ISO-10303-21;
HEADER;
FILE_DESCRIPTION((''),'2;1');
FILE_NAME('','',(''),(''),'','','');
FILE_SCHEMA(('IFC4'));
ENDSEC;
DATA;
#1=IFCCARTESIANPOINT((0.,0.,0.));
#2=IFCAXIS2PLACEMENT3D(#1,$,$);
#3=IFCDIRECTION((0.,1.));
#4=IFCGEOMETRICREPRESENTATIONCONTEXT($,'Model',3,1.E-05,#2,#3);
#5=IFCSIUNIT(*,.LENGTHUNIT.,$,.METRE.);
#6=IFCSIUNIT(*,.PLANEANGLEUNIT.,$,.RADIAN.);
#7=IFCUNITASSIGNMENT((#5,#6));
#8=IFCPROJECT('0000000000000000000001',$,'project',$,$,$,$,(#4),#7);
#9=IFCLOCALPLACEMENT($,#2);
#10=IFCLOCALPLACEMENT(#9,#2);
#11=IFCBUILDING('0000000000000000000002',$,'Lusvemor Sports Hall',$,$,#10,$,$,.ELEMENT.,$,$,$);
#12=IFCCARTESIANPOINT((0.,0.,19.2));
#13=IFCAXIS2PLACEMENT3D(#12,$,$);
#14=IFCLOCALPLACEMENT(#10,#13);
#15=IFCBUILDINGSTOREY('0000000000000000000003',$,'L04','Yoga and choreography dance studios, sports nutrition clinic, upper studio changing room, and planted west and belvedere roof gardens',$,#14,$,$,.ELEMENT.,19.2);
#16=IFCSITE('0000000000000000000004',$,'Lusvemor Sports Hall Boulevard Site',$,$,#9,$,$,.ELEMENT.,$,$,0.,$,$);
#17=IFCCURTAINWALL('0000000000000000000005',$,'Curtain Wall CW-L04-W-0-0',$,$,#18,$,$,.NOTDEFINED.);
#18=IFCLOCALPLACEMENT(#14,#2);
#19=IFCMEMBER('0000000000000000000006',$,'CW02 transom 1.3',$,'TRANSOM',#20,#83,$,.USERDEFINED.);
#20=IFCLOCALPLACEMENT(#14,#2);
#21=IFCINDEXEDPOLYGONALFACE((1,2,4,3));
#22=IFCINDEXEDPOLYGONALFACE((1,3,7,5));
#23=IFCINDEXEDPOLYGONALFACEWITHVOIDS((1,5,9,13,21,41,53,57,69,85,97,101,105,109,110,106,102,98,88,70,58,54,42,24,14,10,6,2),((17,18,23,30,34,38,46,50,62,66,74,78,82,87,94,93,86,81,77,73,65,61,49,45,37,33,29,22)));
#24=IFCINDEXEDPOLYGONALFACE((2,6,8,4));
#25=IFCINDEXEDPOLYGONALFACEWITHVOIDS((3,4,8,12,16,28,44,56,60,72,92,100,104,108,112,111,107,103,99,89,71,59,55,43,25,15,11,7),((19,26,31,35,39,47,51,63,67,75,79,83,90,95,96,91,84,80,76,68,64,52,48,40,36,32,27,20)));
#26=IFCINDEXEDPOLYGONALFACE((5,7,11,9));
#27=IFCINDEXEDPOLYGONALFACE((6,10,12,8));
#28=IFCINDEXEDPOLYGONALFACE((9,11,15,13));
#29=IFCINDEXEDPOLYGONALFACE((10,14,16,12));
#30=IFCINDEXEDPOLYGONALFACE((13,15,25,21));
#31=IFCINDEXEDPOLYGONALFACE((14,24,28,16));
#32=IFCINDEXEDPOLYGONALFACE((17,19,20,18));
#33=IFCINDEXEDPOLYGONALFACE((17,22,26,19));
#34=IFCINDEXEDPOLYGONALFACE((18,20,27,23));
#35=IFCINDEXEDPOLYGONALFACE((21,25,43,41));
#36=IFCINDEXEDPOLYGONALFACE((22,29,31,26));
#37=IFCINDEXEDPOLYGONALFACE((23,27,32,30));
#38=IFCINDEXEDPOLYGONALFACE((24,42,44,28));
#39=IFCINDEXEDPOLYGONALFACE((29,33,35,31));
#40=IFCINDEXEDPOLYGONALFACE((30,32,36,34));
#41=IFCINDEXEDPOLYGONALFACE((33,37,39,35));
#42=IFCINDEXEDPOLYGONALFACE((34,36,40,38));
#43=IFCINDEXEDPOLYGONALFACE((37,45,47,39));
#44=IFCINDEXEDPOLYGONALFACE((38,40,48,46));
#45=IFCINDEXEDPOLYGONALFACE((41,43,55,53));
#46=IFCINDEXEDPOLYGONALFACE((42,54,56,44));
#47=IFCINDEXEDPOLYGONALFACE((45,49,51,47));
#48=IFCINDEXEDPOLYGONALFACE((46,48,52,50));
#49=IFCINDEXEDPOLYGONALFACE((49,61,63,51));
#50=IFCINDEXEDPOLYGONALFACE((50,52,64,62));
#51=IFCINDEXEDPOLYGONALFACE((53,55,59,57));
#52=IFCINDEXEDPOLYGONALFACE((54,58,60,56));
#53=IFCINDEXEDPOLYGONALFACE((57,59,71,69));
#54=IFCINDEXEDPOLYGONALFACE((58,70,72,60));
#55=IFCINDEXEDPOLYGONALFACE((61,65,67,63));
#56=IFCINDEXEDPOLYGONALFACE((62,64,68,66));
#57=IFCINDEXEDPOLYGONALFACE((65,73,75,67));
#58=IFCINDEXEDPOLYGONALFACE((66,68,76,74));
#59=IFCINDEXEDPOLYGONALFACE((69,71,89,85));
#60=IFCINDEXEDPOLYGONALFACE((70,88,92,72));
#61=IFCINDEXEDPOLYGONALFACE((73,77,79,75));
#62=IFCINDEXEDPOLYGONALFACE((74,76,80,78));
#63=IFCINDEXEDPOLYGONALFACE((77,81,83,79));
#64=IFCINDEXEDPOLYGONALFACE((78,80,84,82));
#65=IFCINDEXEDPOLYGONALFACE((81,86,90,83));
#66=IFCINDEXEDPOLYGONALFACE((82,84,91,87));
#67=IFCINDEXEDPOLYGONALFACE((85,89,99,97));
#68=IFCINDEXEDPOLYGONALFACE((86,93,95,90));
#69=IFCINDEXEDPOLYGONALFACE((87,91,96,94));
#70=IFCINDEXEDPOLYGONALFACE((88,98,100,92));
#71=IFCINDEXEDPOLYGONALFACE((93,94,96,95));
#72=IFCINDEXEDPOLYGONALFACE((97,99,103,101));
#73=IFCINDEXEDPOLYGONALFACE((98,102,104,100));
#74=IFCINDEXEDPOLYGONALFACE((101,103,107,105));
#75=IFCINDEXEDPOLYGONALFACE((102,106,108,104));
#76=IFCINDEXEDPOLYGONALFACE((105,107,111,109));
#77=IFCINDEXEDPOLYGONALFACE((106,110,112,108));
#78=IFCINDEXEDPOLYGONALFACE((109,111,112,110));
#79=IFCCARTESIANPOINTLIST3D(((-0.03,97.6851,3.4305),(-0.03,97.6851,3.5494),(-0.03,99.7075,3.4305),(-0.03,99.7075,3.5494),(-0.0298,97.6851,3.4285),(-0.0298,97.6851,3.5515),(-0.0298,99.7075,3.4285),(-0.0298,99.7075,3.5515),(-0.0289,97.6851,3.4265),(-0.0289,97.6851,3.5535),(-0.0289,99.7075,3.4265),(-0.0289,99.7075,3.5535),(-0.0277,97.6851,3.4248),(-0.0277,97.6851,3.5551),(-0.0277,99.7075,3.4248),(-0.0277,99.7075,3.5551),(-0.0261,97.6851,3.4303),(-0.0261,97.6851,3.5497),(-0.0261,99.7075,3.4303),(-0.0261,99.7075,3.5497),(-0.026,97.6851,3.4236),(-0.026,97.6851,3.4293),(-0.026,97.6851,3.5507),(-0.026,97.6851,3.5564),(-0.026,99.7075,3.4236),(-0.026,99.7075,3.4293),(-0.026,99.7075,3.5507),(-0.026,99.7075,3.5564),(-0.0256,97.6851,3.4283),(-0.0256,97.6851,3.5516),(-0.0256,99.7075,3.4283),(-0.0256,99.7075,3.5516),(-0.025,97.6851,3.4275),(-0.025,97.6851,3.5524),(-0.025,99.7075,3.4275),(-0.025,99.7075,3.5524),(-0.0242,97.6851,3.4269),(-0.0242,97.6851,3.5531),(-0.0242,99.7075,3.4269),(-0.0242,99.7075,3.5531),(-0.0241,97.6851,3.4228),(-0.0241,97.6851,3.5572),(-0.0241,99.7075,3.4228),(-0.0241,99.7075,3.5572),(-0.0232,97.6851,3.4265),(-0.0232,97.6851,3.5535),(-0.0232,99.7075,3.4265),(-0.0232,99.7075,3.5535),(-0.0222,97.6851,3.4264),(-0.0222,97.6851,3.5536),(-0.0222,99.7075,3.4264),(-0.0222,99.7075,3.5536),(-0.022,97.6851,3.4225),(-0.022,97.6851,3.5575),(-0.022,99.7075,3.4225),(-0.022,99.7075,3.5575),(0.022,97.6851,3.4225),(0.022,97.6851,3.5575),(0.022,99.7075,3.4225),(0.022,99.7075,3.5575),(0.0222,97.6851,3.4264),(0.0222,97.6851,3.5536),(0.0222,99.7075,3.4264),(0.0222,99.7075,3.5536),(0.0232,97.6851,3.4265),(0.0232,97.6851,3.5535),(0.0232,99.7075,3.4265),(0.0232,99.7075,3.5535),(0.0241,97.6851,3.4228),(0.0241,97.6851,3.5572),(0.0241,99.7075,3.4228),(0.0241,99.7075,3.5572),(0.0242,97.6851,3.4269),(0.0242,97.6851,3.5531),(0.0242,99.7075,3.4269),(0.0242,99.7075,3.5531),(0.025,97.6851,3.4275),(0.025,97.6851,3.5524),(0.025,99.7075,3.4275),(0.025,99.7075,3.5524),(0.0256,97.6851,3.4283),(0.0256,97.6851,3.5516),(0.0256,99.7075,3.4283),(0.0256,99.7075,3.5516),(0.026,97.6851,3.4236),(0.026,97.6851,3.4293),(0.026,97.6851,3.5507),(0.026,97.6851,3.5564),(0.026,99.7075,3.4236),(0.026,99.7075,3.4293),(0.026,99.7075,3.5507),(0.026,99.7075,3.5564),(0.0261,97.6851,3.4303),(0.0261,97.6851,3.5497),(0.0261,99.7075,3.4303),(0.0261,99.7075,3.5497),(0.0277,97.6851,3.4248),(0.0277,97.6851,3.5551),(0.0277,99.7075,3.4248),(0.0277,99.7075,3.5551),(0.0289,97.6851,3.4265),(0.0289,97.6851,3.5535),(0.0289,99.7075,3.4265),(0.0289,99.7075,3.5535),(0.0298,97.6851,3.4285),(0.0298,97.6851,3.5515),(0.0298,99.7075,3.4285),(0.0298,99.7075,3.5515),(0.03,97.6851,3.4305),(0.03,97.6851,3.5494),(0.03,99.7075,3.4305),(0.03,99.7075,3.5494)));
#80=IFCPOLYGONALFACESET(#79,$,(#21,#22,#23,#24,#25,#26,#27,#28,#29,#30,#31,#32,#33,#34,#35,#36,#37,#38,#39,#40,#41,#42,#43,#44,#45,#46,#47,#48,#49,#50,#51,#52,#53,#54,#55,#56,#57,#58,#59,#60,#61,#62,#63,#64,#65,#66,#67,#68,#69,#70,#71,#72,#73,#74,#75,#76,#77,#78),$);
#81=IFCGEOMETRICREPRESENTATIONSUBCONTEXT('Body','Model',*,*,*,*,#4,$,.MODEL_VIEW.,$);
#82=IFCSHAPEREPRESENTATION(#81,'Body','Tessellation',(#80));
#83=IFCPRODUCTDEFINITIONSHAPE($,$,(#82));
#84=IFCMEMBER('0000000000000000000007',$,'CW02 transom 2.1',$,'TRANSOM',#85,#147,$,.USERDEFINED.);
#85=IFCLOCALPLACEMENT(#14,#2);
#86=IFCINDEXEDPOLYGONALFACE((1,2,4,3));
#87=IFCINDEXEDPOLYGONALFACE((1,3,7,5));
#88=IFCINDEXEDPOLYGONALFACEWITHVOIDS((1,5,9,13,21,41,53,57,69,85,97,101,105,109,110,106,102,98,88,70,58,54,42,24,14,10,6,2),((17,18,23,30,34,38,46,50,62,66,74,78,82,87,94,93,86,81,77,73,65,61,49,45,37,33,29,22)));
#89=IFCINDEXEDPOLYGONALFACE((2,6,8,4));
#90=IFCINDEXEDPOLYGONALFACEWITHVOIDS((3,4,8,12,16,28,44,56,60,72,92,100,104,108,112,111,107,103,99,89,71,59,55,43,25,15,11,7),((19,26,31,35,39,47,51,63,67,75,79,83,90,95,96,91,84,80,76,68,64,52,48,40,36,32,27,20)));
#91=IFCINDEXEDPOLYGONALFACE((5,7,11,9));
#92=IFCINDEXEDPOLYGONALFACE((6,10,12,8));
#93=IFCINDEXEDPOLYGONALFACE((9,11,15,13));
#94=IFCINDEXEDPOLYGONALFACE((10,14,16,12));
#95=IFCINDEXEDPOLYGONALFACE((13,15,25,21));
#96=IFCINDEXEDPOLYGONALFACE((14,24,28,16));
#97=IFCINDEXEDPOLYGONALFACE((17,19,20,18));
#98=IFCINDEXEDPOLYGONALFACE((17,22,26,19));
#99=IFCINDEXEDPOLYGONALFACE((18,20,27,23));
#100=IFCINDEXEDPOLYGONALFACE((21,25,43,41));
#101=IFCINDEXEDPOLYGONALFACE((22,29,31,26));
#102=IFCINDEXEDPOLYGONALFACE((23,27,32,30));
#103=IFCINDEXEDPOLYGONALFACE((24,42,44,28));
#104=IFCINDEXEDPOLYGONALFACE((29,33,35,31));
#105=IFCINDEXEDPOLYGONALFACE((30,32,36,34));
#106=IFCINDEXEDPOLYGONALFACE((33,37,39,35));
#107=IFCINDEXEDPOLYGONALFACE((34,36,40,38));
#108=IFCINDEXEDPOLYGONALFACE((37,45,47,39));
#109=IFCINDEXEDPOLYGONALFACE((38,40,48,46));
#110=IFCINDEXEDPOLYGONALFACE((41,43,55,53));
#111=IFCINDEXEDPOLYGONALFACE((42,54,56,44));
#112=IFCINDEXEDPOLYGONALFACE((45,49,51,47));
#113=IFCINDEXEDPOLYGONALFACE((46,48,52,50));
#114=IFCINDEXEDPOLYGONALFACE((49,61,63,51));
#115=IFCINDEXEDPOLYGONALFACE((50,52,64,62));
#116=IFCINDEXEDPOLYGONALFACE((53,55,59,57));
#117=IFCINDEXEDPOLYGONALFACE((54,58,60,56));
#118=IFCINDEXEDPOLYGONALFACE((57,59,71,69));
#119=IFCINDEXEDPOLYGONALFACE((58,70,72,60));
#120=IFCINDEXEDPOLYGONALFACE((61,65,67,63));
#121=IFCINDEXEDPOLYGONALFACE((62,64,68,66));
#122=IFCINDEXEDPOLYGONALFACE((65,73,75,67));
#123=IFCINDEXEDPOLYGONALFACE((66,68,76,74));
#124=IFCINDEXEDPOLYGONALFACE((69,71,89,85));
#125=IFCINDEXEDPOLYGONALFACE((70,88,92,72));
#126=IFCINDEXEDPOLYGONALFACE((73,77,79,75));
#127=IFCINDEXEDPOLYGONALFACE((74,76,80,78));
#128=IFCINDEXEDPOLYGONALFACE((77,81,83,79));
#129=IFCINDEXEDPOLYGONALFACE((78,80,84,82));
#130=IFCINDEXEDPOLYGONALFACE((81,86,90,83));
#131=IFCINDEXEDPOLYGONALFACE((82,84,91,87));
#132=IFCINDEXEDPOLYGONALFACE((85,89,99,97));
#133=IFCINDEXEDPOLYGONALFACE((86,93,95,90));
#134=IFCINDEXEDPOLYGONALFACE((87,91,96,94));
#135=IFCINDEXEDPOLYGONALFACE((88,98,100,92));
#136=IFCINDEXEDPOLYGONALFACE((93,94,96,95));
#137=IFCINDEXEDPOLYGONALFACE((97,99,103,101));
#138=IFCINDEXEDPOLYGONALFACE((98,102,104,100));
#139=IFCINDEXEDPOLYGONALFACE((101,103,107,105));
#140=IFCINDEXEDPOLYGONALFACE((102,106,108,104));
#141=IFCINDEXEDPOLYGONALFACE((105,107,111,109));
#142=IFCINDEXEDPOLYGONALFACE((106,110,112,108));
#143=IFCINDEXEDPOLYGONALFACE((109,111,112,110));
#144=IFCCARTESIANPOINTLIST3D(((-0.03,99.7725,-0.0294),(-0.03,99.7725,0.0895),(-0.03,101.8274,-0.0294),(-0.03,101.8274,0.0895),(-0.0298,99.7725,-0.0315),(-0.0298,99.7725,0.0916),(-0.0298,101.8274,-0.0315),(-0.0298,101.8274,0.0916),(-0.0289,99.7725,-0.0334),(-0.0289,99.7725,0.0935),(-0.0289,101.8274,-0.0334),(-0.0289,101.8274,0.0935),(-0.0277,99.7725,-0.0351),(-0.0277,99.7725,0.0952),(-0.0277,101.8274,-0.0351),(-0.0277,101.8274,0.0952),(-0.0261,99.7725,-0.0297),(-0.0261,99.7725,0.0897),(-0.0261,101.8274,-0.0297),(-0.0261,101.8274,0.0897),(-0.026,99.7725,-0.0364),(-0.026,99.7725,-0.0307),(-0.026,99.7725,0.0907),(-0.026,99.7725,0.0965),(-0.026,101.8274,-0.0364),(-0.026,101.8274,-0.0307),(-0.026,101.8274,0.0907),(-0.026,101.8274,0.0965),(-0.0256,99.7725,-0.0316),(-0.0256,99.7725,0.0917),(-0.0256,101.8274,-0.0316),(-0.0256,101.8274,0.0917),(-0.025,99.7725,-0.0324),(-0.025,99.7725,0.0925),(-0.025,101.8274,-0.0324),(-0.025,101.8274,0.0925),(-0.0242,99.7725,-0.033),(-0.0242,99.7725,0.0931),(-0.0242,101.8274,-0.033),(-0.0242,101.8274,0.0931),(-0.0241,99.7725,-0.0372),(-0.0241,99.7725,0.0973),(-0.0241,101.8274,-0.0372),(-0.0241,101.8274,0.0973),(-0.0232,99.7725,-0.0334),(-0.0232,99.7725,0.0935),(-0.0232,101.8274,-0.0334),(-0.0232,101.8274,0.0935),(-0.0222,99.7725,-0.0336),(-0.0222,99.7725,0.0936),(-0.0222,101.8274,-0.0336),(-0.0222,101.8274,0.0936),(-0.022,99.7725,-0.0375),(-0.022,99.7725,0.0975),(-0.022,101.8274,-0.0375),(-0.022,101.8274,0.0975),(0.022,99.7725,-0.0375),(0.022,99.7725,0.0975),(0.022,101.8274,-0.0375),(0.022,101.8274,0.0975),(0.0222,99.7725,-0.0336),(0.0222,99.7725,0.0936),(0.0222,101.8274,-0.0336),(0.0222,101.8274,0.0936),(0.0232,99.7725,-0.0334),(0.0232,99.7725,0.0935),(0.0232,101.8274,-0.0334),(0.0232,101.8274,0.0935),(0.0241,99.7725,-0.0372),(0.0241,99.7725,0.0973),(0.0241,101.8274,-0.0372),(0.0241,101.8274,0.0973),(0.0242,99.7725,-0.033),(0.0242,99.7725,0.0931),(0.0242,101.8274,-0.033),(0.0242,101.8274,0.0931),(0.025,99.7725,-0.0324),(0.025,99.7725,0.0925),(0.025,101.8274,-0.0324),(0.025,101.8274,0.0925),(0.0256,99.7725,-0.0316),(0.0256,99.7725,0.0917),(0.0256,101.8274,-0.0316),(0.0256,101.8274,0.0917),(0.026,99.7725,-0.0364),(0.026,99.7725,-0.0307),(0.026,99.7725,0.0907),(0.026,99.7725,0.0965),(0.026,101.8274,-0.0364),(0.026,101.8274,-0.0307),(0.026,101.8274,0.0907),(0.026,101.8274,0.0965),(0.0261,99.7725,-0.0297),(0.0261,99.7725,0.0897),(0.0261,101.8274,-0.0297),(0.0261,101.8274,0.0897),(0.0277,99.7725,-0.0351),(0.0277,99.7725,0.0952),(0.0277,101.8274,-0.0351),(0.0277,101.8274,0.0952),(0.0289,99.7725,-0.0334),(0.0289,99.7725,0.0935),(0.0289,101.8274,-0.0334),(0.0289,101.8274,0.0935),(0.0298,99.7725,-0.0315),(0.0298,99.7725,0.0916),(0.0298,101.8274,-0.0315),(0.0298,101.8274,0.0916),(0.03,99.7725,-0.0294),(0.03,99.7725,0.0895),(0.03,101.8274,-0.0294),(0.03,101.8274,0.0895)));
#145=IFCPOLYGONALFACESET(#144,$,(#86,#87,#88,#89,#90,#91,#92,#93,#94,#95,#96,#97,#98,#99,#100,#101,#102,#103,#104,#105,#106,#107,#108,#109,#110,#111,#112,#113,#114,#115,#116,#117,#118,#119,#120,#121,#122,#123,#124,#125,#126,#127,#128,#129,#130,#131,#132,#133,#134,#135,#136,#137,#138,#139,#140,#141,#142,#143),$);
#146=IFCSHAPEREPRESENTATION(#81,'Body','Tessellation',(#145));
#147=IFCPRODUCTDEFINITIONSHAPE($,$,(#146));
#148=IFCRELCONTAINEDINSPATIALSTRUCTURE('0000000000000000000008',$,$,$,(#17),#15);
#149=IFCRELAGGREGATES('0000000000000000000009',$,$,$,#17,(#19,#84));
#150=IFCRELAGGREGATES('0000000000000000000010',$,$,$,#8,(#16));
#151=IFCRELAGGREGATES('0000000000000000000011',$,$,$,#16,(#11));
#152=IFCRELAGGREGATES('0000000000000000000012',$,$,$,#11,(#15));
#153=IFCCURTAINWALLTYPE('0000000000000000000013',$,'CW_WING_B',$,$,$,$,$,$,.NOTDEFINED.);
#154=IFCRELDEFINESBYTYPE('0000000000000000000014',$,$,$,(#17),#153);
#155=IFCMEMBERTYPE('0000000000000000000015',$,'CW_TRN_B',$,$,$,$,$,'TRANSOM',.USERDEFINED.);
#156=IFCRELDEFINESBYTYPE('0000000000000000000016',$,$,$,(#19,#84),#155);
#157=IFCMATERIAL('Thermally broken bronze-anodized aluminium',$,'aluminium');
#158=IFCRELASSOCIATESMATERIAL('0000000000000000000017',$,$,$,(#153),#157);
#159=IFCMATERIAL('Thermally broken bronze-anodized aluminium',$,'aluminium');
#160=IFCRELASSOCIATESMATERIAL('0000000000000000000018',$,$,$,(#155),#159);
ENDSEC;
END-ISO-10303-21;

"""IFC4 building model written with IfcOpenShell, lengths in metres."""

from ifc_helpers import new_model, si_unit, direction, frame, origin, origin_2d, place, context, subcontext, project, spatial, hollow_rectangle, extrude, material, material_profile, profile_set, type_object, element, aggregate, save


model = new_model("IFC4")

# Units and contexts
model_context = context("Model", 3, precision=1e-05, world=origin(), true_north=direction((0.0, 1.0)))
body_context = subcontext(model_context, "Body", "Model", "MODEL_VIEW")
ifc_project = project(units=[si_unit("LENGTHUNIT", "METRE"), si_unit("PLANEANGLEUNIT", "RADIAN")], contexts=[model_context])

# Site, building, storey
site_placement = place(None, origin())
site = spatial("IfcSite", under=ifc_project, at=site_placement, Name="Lusvemor Sports Hall Boulevard Site", CompositionType="ELEMENT", RefElevation=0.0)
building_placement = place(site_placement, origin())
building = spatial("IfcBuilding", under=site, at=building_placement, Name="Lusvemor Sports Hall", CompositionType="ELEMENT")
storey_placement = place(building_placement, frame((0.0, 0.0, 19.2)))
storey = spatial("IfcBuildingStorey", under=building, at=storey_placement, Name="L04", Description="Yoga and choreography dance studios, sports nutrition clinic, upper studio changing room, and planted west and belvedere roof gardens", CompositionType="ELEMENT", Elevation=19.2)

# Curtain wall, members
ifc_material_1 = material(Name="Thermally broken bronze-anodized aluminium", Category="aluminium")
curtain_wall_type = type_object("IfcCurtainWallType", Name="CW_WING_B", PredefinedType="NOTDEFINED", material=ifc_material_1)
curtain_wall_placement = place(storey_placement, origin())
curtain_wall = element("IfcCurtainWall", 1, at=curtain_wall_placement, inside=storey, type_object=curtain_wall_type, Name="Curtain Wall CW-L04-W-0-0", PredefinedType="NOTDEFINED")
ifc_material_2 = material(Name="Thermally broken bronze-anodized aluminium", Category="aluminium")
ifc_material_profile_1 = material_profile(ifc_material_2, hollow_rectangle(XDim=0.0601, YDim=0.135, WallThickness=0.0039, InnerFilletRadius=0.0039, OuterFilletRadius=0.0081, at=origin_2d()), Name="CWTRN135x60x4")
ifc_profile_set_1 = profile_set([ifc_material_profile_1], Name="Thermally broken bronze-anodized aluminium")
member_type_1 = type_object("IfcMemberType", Name="CW_TRN_B", ElementType="TRANSOM", PredefinedType="USERDEFINED", material=ifc_profile_set_1)
member_1_placement = place(storey_placement, frame((0.0, 97.6851, 3.49), z_axis=(0.0, 1.0, 0.0), x_axis=(-1.0, 0.0, 0.0)))
member_1 = element("IfcMember", 2, at=member_1_placement, type_object=member_type_1, Name="CW02 transom 1.3", ObjectType="TRANSOM", PredefinedType="USERDEFINED", context=body_context, shape_type="SweptSolid", body=[
    extrude(hollow_rectangle(XDim=0.0601, YDim=0.135, WallThickness=0.0039, InnerFilletRadius=0.0039, OuterFilletRadius=0.0081, at=origin_2d()), origin(), (0.0, 0.0, 1.0), 2.0225),
])
member_2_placement = place(storey_placement, frame((0.0, 99.7725, 0.03), z_axis=(0.0, 1.0, 0.0), x_axis=(-1.0, 0.0, 0.0)))
member_2 = element("IfcMember", 3, at=member_2_placement, type_object=member_type_1, Name="CW02 transom 2.1", ObjectType="TRANSOM", PredefinedType="USERDEFINED", context=body_context, shape_type="SweptSolid", body=[
    extrude(hollow_rectangle(XDim=0.0601, YDim=0.135, WallThickness=0.0039, InnerFilletRadius=0.0039, OuterFilletRadius=0.0081, at=origin_2d()), origin(), (0.0, 0.0, 1.0), 2.0549),
])

aggregate(curtain_wall, [member_1, member_2])

save(model, "model.ifc")
